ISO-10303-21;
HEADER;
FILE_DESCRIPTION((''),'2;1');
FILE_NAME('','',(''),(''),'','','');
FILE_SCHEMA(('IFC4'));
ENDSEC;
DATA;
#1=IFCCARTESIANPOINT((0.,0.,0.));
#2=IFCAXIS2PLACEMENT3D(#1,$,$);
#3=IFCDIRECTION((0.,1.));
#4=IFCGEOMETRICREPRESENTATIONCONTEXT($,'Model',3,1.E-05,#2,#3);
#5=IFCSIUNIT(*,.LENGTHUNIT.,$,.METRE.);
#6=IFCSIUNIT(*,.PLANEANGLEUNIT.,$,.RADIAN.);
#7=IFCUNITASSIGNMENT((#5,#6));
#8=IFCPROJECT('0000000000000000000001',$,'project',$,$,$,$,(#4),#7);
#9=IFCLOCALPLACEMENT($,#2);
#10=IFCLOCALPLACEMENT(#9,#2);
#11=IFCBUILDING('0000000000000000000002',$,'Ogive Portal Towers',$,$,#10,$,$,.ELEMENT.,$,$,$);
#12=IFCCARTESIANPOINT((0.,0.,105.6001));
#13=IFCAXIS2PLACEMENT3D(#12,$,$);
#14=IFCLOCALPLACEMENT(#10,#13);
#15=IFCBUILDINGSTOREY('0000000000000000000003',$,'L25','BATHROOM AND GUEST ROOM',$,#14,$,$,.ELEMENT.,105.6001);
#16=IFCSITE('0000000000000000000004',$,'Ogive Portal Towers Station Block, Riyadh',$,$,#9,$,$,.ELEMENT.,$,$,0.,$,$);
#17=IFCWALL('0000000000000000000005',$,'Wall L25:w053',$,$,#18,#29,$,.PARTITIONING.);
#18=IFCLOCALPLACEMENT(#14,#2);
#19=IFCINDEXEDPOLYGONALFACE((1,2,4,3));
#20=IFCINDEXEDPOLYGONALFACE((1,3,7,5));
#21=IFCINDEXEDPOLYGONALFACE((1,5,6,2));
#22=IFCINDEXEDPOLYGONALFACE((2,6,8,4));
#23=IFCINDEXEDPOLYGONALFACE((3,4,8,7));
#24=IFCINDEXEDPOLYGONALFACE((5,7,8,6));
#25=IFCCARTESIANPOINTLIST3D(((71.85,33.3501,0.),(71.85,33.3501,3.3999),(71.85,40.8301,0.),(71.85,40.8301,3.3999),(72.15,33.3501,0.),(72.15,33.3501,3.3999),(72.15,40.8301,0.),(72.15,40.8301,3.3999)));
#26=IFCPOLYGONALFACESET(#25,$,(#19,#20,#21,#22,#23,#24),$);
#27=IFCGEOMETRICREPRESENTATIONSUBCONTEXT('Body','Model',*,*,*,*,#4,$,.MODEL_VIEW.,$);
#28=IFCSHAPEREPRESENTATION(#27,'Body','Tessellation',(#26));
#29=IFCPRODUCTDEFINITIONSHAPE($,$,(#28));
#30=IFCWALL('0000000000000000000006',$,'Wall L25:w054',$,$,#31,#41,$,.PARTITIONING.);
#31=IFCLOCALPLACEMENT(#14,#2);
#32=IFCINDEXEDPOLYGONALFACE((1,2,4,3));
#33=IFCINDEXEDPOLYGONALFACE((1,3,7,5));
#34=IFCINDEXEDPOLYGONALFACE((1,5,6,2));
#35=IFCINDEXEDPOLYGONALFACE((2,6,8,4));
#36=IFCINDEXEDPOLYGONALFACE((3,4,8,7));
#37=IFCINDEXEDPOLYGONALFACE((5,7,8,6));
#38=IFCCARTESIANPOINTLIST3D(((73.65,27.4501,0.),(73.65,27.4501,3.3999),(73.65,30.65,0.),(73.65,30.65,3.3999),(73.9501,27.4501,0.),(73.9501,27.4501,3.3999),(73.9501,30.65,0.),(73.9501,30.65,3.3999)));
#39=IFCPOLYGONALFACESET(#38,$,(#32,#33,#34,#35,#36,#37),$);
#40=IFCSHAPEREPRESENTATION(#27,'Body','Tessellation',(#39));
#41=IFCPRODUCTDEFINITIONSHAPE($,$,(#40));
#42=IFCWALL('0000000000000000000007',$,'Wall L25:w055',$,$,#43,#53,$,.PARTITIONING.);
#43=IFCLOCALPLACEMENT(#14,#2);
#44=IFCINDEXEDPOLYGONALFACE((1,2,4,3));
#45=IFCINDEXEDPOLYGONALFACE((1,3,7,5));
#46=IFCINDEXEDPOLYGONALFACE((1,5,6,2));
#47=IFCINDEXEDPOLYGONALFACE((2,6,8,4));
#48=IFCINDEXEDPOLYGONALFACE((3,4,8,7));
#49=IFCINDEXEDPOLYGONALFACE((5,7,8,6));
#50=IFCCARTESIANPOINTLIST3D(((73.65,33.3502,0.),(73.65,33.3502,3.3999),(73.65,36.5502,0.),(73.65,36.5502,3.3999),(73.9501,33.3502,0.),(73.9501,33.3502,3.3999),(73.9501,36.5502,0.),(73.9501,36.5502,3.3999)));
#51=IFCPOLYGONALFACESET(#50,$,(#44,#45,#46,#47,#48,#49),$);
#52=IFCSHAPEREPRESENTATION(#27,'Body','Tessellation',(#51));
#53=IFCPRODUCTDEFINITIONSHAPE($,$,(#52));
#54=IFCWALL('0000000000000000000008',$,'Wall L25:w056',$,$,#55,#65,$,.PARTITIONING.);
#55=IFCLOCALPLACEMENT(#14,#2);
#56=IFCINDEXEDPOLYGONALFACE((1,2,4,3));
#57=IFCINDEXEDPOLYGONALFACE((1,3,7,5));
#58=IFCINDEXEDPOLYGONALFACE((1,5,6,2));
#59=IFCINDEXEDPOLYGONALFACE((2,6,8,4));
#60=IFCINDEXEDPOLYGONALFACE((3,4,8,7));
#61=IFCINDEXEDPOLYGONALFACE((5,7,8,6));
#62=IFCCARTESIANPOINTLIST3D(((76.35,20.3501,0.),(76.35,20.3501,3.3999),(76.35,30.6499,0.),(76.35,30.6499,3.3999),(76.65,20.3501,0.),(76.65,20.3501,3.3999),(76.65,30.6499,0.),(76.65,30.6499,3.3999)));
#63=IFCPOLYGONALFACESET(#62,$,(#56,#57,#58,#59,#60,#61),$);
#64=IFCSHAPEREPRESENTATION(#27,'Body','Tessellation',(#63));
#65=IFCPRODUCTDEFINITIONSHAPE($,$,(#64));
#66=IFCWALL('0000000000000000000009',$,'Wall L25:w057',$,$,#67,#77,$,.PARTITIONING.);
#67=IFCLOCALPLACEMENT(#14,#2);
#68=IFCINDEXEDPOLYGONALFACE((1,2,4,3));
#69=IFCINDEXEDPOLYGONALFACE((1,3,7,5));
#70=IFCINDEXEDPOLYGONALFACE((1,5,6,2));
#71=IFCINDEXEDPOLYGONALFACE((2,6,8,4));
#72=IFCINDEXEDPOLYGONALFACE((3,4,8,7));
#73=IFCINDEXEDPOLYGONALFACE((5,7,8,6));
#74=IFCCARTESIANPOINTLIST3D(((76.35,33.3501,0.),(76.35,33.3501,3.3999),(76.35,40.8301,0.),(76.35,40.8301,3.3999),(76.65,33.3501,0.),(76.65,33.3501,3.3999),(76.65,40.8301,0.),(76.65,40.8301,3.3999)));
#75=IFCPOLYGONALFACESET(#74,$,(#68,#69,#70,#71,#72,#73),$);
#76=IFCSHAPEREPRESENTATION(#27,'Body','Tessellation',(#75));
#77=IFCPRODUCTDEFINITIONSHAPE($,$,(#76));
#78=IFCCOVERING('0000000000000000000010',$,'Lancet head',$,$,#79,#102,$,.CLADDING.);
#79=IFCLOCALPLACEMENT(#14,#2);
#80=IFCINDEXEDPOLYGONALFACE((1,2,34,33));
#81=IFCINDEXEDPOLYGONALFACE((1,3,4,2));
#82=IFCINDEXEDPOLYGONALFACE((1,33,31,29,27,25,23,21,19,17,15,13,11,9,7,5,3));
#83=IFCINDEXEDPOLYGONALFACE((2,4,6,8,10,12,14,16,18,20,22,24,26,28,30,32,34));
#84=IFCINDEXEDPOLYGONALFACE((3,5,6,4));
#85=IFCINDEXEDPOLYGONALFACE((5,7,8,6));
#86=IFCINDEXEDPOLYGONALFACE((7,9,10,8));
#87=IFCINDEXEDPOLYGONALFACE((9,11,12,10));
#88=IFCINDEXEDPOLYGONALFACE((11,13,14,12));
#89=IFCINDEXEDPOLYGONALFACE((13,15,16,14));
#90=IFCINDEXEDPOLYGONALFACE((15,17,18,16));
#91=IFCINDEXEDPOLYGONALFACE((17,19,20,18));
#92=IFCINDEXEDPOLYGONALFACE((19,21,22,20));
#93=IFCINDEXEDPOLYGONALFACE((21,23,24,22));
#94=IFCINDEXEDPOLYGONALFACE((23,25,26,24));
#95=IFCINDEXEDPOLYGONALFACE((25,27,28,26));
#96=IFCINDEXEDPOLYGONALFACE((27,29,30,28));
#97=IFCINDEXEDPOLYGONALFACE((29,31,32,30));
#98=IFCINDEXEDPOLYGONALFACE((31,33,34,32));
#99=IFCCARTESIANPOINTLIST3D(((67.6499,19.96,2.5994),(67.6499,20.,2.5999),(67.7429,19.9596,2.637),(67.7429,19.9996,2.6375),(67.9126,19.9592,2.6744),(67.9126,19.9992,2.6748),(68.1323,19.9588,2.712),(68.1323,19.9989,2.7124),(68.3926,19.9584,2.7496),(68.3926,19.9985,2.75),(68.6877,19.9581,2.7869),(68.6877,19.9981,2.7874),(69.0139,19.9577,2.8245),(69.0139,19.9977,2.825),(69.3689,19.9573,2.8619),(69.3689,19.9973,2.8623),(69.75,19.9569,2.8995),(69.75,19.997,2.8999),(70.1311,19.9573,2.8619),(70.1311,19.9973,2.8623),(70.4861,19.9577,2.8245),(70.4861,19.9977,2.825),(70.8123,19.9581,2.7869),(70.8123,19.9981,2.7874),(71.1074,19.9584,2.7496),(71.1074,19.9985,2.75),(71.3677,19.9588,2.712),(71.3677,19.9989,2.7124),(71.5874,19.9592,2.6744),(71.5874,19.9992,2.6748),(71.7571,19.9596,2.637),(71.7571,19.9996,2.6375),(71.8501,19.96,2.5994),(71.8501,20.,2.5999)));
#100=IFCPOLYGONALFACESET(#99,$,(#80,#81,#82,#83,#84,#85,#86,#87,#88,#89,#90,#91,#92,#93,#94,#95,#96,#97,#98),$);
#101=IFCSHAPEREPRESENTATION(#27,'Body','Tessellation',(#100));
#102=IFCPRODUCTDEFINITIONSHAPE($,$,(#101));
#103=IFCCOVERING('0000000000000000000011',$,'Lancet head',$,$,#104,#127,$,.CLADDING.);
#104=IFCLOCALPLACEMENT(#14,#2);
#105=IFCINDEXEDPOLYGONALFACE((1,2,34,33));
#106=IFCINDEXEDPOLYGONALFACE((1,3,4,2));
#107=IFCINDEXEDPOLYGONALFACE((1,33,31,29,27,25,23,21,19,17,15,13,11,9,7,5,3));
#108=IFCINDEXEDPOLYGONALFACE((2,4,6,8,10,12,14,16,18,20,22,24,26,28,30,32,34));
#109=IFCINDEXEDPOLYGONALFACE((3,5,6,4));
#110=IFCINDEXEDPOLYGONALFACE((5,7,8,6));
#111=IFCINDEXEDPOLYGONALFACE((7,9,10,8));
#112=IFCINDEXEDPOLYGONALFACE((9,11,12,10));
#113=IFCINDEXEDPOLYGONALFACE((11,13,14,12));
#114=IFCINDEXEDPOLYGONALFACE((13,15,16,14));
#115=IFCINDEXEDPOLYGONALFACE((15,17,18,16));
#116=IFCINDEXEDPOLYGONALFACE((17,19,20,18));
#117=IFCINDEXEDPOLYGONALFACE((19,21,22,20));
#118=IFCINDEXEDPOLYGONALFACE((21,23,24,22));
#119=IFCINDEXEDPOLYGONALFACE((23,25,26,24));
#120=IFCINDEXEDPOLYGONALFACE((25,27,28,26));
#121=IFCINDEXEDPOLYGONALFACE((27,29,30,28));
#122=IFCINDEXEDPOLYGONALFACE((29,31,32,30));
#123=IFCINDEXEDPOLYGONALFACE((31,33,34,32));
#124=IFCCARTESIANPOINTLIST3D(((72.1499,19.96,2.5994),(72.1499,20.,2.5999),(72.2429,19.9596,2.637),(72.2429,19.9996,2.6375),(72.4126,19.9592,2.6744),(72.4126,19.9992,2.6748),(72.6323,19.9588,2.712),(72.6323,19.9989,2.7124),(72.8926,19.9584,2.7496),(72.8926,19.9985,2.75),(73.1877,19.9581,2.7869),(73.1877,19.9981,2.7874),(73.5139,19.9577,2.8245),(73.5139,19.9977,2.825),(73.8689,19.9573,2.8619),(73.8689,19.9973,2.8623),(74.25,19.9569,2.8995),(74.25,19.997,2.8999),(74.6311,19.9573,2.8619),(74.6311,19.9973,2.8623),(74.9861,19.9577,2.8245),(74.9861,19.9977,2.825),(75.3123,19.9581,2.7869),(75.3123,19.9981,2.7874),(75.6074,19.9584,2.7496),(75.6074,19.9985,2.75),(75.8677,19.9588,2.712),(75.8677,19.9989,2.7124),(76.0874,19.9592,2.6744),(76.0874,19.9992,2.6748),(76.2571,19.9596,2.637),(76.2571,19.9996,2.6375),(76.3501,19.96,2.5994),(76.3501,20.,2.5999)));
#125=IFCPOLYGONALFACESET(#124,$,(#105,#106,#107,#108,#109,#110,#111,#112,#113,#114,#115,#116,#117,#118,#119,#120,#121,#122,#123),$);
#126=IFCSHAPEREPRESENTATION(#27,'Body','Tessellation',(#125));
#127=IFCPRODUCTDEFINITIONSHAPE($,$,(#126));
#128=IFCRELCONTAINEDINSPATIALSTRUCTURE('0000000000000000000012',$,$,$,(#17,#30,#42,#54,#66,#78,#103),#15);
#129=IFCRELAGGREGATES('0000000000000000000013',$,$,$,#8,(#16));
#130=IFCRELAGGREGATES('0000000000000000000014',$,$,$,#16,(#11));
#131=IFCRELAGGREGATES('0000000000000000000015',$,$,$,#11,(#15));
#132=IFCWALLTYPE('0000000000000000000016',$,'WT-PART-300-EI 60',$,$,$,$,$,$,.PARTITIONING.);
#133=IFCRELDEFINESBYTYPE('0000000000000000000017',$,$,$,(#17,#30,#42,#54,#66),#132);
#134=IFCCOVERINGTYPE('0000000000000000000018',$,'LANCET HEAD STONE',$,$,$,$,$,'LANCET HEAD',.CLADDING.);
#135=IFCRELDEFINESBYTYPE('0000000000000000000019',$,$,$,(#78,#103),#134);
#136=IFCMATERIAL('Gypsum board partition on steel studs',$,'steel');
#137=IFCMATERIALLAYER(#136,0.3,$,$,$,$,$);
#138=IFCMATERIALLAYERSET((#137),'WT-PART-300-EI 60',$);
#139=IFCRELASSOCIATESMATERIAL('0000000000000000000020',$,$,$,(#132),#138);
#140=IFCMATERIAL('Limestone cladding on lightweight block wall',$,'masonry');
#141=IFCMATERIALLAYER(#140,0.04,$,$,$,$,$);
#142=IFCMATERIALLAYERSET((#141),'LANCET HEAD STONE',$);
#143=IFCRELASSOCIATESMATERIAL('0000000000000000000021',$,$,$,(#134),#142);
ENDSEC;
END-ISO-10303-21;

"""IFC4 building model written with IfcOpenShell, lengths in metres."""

from ifc_helpers import new_model, si_unit, direction, frame, frame_2d, origin, place, context, subcontext, project, spatial, polyline, rectangle, outline, extrude, material, layer, layer_set, type_object, element, save


model = new_model("IFC4")

# Units and contexts
model_context = context("Model", 3, precision=1e-05, world=origin(), true_north=direction((0.0, 1.0)))
body_context = subcontext(model_context, "Body", "Model", "MODEL_VIEW")
ifc_project = project(units=[si_unit("LENGTHUNIT", "METRE"), si_unit("PLANEANGLEUNIT", "RADIAN")], contexts=[model_context])

# Site, building, storey
site_placement = place(None, origin())
site = spatial("IfcSite", under=ifc_project, at=site_placement, Name="Ogive Portal Towers Station Block, Riyadh", CompositionType="ELEMENT", RefElevation=0.0)
building_placement = place(site_placement, origin())
building = spatial("IfcBuilding", under=site, at=building_placement, Name="Ogive Portal Towers", CompositionType="ELEMENT")
storey_placement = place(building_placement, frame((0.0, 0.0, 105.6001)))
storey = spatial("IfcBuildingStorey", under=building, at=storey_placement, Name="L25", Description="BATHROOM AND GUEST ROOM", CompositionType="ELEMENT", Elevation=105.6001)

# Shared definitions
ifc_material_1 = material(Name="Gypsum board partition on steel studs", Category="steel")
ifc_layer_1 = layer(ifc_material_1, 0.3)
ifc_layer_set_1 = layer_set([ifc_layer_1], Name="WT-PART-300-EI 60")
wall_type = type_object("IfcWallType", Name="WT-PART-300-EI 60", PredefinedType="PARTITIONING", material=ifc_layer_set_1)

# Walls
wall_1_placement = place(storey_placement, frame((72.0, 33.3501, 0.0), z_axis=(0.0, 0.0, 1.0), x_axis=(0.0, 1.0, 0.0)))
element("IfcWall", 1, at=wall_1_placement, inside=storey, type_object=wall_type, Name="Wall L25:w053", PredefinedType="PARTITIONING", context=body_context, shape_type="SweptSolid", body=[
    extrude(rectangle(XDim=7.48, YDim=0.3, at=frame_2d((3.74, 0.0))), origin(), (0.0, 0.0, 1.0), 3.3999),
])
for number, where, z_axis, x_axis, name in (
    (2, (73.8, 27.45, 0.0), (0.0, 0.0, 1.0), (0.0, 1.0, 0.0), "Wall L25:w054"),
    (3, (73.8, 33.3501, 0.0), (0.0, 0.0, 1.0), (0.0, 1.0, 0.0), "Wall L25:w055"),
):
    element("IfcWall", number, at=place(storey_placement, frame(where, z_axis=z_axis, x_axis=x_axis)), inside=storey, type_object=wall_type, Name=name, PredefinedType="PARTITIONING", context=body_context, shape_type="SweptSolid", body=[
        extrude(rectangle(XDim=3.2, YDim=0.3, at=frame_2d((1.6001, 0.0))), origin(), (0.0, 0.0, 1.0), 3.3999),
    ])
wall_2_placement = place(storey_placement, frame((76.5, 20.3501, 0.0), z_axis=(0.0, 0.0, 1.0), x_axis=(0.0, 1.0, 0.0)))
element("IfcWall", 4, at=wall_2_placement, inside=storey, type_object=wall_type, Name="Wall L25:w056", PredefinedType="PARTITIONING", context=body_context, shape_type="SweptSolid", body=[
    extrude(rectangle(XDim=10.2998, YDim=0.3, at=frame_2d((5.1499, 0.0))), origin(), (0.0, 0.0, 1.0), 3.3999),
])
wall_3_placement = place(storey_placement, frame((76.5, 33.3501, 0.0), z_axis=(0.0, 0.0, 1.0), x_axis=(0.0, 1.0, 0.0)))
element("IfcWall", 5, at=wall_3_placement, inside=storey, type_object=wall_type, Name="Wall L25:w057", PredefinedType="PARTITIONING", context=body_context, shape_type="SweptSolid", body=[
    extrude(rectangle(XDim=7.48, YDim=0.3, at=frame_2d((3.74, 0.0))), origin(), (0.0, 0.0, 1.0), 3.3999),
])

# Coverings
ifc_material_2 = material(Name="Limestone cladding on lightweight block wall", Category="masonry")
ifc_layer_2 = layer(ifc_material_2, 0.04)
ifc_layer_set_2 = layer_set([ifc_layer_2], Name="LANCET HEAD STONE")
covering_type = type_object("IfcCoveringType", Name="LANCET HEAD STONE", ElementType="LANCET HEAD", PredefinedType="CLADDING", material=ifc_layer_set_2)
for number, where, z_axis, x_axis, name in (
    (6, (67.6499, 20.0, 2.5999), (0.0, 0.999949, 0.010103), (1.0, 0.0, 0.0), "Lancet head"),
    (7, (72.1499, 20.0, 2.5999), (0.0, 0.999949, 0.010103), (1.0, 0.0, 0.0), "Lancet head"),
):
    element("IfcCovering", number, at=place(storey_placement, frame(where, z_axis=z_axis, x_axis=x_axis)), inside=storey, type_object=covering_type, Name=name, PredefinedType="CLADDING", context=body_context, shape_type="SweptSolid", body=[
        extrude(outline(polyline([(0.0, 0.0), (4.2002, 0.0), (4.1072, -0.0376), (3.9375, -0.075), (3.7178, -0.1126), (3.4575, -0.1502), (3.1624, -0.1875), (2.8362, -0.2251), (2.4812, -0.2625), (2.1001, -0.3001), (1.719, -0.2625), (1.364, -0.2251), (1.0378, -0.1875), (0.7427, -0.1502), (0.4824, -0.1126), (0.2627, -0.075), (0.093, -0.0376), (0.0, 0.0)])), origin(), (0.0, 0.0, -1.0), 0.04),
    ])

save(model, "model.ifc")
